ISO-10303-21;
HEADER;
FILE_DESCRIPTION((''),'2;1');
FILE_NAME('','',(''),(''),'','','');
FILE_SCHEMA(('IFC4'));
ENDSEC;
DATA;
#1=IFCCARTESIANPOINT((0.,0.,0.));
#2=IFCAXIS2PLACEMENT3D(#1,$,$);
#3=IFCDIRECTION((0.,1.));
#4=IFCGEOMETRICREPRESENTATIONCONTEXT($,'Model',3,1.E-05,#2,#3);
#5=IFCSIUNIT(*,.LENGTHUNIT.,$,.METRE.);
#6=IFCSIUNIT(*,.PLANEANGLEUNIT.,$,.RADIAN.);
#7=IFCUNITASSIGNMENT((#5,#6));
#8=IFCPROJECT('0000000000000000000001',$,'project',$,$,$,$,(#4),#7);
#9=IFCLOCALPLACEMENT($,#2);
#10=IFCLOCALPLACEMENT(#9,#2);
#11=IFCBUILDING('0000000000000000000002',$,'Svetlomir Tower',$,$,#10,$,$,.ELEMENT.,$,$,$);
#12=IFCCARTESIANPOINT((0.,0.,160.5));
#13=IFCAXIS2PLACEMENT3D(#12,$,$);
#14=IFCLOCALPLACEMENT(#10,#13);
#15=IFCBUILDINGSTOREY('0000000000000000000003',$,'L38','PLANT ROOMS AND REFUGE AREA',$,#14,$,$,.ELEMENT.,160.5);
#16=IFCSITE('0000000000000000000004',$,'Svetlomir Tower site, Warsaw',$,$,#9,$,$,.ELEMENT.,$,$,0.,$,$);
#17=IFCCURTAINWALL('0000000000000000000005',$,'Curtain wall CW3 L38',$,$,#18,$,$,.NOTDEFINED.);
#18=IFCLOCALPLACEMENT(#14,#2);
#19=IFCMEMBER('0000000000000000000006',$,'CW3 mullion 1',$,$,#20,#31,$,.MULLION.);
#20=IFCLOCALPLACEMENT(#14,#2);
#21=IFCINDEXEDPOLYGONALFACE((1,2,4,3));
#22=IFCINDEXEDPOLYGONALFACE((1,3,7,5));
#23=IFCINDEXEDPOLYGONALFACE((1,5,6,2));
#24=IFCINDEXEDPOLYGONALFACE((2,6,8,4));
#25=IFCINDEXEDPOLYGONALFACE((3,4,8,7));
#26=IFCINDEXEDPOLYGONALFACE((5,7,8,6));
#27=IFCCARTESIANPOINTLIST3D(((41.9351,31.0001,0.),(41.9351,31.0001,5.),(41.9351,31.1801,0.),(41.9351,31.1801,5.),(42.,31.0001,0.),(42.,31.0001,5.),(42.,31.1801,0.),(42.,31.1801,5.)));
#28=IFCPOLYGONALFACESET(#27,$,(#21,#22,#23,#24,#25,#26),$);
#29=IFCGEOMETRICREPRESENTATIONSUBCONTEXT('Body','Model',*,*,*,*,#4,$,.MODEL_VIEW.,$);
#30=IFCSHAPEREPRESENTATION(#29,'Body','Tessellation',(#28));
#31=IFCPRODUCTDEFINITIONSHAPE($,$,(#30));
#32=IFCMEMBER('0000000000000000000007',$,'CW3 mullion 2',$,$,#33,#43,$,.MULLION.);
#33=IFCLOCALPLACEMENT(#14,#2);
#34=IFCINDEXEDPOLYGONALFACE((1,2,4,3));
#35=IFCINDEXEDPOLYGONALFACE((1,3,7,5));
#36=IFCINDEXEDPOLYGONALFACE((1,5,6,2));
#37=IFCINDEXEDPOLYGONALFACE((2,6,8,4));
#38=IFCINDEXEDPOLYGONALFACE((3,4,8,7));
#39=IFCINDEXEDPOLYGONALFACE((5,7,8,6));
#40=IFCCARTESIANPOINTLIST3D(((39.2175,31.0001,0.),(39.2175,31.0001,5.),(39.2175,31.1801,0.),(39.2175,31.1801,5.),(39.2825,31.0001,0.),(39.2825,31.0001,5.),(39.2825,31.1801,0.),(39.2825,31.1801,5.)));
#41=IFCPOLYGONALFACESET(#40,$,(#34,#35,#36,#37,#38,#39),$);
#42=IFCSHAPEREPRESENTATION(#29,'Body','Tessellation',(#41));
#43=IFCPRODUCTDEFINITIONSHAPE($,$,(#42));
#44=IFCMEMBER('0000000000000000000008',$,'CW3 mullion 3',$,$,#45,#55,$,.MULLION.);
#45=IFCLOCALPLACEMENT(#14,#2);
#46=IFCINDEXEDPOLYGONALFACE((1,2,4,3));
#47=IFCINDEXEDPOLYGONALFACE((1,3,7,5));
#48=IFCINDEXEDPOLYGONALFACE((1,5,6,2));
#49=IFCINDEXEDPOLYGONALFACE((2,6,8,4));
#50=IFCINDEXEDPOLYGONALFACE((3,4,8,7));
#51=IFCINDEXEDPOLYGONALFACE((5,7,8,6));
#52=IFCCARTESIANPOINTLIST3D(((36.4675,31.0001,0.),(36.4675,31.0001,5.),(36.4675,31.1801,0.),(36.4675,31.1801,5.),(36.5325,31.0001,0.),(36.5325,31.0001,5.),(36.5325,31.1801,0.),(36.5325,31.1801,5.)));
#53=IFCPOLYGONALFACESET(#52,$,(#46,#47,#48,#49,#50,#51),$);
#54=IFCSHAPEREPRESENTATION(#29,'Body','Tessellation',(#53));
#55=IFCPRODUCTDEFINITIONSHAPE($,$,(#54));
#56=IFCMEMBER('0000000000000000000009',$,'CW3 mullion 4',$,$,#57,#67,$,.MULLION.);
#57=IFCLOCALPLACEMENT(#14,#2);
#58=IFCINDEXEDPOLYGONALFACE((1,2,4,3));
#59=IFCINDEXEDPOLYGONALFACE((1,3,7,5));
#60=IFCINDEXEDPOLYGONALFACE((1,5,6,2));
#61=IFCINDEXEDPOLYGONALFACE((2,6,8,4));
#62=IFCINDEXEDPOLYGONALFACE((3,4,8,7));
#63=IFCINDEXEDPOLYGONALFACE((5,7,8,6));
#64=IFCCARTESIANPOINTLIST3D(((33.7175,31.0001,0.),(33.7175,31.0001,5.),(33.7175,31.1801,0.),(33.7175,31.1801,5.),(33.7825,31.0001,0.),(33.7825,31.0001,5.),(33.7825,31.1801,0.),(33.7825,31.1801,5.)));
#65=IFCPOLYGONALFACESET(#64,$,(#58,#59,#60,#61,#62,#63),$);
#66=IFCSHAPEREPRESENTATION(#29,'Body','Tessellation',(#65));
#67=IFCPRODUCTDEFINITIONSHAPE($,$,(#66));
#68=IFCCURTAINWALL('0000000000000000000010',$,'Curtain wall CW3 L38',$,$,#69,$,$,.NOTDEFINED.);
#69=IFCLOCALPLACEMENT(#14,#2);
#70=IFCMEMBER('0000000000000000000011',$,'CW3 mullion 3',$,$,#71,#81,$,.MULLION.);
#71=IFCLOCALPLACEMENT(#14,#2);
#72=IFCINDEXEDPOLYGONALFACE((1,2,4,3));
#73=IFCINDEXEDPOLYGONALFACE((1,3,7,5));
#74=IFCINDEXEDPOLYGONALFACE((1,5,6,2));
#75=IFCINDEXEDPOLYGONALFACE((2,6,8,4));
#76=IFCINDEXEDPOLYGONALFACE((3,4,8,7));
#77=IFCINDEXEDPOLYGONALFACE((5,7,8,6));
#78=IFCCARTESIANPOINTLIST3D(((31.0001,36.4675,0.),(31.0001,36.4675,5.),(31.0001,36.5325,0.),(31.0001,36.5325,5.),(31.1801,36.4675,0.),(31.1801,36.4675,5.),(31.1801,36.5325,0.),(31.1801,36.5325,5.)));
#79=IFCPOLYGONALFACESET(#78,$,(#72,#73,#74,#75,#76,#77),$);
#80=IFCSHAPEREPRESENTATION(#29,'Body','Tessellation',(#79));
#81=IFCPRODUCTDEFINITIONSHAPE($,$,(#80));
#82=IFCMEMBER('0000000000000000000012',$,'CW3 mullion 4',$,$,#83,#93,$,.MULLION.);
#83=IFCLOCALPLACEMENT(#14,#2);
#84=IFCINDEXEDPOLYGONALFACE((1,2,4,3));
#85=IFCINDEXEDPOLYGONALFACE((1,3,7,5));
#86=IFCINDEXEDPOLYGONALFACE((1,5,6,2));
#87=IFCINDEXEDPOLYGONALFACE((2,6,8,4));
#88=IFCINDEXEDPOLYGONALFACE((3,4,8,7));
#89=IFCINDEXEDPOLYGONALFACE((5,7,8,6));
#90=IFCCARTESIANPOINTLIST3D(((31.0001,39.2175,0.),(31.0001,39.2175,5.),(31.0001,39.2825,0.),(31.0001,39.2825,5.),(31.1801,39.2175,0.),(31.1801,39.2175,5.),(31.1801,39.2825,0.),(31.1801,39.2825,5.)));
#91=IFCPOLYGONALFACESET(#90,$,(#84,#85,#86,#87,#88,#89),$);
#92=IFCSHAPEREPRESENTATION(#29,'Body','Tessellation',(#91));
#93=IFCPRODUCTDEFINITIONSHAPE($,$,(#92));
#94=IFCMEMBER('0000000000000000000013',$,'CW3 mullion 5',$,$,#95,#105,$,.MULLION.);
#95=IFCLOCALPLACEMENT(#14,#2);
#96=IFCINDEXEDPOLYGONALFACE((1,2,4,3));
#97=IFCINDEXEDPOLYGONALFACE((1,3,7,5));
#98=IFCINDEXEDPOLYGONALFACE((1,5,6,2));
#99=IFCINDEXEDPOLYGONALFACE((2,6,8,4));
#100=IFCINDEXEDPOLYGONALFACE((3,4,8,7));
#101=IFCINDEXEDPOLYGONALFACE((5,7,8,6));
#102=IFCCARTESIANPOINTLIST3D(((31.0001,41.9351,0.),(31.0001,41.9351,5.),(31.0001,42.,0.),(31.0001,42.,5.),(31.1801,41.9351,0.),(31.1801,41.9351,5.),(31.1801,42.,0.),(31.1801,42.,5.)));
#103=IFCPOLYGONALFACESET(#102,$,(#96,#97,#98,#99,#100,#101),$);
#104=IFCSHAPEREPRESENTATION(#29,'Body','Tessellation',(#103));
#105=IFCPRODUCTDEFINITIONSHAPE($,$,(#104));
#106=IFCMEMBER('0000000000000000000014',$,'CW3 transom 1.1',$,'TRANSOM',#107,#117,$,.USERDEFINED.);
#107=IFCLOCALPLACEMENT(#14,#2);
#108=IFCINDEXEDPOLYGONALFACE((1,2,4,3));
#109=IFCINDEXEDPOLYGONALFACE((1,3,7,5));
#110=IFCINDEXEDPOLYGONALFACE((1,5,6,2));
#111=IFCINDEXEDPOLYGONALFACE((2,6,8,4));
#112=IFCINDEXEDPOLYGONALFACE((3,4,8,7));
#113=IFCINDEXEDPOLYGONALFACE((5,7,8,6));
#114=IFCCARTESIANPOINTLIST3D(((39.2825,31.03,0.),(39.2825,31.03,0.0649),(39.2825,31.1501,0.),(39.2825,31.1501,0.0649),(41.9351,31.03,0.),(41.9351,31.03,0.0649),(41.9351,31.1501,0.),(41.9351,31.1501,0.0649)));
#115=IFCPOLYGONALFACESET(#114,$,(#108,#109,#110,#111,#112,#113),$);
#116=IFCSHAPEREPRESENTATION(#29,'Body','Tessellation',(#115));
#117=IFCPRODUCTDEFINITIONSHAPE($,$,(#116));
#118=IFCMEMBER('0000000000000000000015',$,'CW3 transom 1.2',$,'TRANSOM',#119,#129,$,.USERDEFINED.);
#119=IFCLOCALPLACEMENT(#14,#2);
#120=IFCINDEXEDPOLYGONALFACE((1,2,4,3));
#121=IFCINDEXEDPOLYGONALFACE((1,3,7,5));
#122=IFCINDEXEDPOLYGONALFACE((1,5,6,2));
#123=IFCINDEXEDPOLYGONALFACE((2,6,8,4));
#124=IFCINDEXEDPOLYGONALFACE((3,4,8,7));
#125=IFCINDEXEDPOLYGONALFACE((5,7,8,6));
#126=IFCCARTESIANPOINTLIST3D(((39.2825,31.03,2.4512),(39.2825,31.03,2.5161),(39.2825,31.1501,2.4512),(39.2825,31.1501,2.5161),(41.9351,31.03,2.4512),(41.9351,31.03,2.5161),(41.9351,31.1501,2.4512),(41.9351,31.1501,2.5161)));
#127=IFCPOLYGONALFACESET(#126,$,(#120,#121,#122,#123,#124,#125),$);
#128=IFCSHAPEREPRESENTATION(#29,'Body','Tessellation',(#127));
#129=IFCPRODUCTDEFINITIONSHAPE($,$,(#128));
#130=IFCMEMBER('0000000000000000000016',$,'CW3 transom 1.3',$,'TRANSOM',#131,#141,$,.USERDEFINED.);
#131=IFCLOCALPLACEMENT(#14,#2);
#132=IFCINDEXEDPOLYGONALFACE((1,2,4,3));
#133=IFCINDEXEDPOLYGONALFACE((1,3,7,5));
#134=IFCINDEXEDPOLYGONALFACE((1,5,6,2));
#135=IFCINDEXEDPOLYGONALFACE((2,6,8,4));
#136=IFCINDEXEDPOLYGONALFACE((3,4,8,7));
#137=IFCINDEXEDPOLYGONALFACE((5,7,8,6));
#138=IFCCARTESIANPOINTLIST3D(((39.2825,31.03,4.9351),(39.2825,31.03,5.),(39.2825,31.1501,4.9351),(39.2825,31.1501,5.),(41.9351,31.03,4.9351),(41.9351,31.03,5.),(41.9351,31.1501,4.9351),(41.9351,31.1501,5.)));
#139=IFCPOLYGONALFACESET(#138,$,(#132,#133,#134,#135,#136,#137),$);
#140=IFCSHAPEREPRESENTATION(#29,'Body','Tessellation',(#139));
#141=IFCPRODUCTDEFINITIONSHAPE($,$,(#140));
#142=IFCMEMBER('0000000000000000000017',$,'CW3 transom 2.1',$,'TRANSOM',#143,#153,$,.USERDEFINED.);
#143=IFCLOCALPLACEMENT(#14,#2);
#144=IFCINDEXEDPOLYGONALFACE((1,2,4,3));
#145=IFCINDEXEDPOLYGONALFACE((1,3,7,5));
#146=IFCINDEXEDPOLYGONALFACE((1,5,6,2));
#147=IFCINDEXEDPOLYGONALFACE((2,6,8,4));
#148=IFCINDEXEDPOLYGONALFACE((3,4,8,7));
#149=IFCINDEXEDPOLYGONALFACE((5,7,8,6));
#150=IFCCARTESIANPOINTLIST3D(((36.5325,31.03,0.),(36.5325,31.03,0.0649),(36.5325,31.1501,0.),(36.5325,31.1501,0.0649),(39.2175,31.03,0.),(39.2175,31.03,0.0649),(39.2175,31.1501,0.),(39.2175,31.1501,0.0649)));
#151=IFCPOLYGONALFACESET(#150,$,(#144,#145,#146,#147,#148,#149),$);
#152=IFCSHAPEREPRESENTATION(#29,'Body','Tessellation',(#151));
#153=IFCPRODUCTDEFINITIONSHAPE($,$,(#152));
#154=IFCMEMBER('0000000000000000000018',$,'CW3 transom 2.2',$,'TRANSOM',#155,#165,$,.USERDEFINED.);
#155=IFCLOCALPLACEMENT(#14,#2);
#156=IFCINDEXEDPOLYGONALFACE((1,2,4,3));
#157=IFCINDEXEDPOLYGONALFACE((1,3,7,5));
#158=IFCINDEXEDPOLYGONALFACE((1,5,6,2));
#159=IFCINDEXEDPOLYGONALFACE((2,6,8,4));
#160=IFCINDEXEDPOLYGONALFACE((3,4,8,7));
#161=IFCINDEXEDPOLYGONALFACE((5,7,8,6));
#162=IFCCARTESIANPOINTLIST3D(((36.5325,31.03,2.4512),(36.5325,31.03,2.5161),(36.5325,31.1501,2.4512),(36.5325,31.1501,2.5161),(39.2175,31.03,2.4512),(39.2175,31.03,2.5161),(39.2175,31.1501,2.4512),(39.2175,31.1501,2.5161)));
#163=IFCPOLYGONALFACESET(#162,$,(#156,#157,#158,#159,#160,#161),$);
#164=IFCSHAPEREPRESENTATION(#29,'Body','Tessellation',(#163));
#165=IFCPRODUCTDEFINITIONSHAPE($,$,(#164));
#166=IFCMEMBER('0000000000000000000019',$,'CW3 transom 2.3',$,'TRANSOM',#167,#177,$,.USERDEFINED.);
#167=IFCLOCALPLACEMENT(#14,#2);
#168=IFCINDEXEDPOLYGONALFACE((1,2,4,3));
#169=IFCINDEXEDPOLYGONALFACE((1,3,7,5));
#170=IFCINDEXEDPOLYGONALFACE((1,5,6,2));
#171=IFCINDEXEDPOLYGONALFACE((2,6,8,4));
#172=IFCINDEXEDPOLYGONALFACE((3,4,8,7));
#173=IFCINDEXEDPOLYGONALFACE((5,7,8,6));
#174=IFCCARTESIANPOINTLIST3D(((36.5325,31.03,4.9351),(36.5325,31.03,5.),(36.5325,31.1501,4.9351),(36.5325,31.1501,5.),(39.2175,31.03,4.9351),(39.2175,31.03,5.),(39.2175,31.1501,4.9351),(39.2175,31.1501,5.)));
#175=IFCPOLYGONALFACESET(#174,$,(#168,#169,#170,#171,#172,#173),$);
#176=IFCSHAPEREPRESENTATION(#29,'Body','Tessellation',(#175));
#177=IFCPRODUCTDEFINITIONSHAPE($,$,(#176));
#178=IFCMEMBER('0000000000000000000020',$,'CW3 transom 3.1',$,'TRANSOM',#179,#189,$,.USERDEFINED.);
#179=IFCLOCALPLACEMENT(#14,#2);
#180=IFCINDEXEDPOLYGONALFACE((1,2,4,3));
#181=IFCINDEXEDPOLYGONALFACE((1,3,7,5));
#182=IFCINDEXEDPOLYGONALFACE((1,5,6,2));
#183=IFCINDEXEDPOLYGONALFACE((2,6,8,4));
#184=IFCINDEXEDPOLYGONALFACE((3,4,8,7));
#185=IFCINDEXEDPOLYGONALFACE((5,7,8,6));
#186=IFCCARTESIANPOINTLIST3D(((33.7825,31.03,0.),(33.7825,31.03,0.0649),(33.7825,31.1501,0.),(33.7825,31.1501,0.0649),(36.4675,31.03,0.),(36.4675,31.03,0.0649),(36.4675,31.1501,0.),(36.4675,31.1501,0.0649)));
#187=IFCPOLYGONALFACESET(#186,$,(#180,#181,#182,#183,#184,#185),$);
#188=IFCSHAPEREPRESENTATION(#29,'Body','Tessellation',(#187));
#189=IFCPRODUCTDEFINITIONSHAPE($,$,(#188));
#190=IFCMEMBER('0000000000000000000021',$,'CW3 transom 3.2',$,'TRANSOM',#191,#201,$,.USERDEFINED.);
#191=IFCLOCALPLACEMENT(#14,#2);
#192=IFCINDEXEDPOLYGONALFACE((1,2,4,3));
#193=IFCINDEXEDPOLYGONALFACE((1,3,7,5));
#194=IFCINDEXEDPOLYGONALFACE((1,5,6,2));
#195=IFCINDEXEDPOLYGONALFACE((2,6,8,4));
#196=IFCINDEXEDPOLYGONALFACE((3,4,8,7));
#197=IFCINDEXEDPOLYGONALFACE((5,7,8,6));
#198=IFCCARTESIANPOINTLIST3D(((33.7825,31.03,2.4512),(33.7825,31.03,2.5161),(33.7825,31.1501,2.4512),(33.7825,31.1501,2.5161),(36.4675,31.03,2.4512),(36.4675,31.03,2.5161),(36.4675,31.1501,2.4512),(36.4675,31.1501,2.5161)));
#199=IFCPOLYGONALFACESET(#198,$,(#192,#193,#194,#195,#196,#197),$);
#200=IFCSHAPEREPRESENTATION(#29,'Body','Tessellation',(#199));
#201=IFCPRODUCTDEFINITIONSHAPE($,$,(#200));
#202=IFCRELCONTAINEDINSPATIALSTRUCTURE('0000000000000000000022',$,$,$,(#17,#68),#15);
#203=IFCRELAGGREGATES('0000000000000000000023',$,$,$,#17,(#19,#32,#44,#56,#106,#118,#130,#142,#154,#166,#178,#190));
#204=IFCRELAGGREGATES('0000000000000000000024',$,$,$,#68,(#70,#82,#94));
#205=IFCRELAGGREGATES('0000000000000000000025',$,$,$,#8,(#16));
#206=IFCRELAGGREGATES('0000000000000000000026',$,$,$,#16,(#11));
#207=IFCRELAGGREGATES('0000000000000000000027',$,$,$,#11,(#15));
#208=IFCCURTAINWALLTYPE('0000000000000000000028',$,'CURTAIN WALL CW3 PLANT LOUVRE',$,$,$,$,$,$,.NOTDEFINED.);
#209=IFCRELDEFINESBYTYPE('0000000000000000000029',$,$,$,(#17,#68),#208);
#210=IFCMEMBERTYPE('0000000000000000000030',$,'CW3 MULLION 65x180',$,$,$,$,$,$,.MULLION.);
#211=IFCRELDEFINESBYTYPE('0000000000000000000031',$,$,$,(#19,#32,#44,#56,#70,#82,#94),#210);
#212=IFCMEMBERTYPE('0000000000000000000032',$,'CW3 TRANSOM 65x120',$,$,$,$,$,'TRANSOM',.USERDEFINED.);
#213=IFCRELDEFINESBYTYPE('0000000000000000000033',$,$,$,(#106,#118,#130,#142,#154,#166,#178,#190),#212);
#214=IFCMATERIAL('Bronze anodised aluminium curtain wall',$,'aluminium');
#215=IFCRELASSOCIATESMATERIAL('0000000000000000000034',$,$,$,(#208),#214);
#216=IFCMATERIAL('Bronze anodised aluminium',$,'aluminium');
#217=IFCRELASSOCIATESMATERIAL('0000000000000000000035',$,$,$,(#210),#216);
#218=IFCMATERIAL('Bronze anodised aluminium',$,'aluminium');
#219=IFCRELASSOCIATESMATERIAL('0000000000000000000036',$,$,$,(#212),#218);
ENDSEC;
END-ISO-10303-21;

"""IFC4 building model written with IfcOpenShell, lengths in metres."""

from ifc_helpers import new_model, si_unit, direction, frame, origin, origin_2d, place, context, subcontext, project, spatial, rectangle, extrude, material, material_profile, profile_set, type_object, element, aggregate, save


model = new_model("IFC4")

# Units and contexts
model_context = context("Model", 3, precision=1e-05, world=origin(), true_north=direction((0.0, 1.0)))
body_context = subcontext(model_context, "Body", "Model", "MODEL_VIEW")
ifc_project = project(units=[si_unit("LENGTHUNIT", "METRE"), si_unit("PLANEANGLEUNIT", "RADIAN")], contexts=[model_context])

# Site, building, storey
site_placement = place(None, origin())
site = spatial("IfcSite", under=ifc_project, at=site_placement, Name="Svetlomir Tower site, Warsaw", CompositionType="ELEMENT", RefElevation=0.0)
building_placement = place(site_placement, origin())
building = spatial("IfcBuilding", under=site, at=building_placement, Name="Svetlomir Tower", CompositionType="ELEMENT")
storey_placement = place(building_placement, frame((0.0, 0.0, 160.5)))
storey = spatial("IfcBuildingStorey", under=building, at=storey_placement, Name="L38", Description="PLANT ROOMS AND REFUGE AREA", CompositionType="ELEMENT", Elevation=160.5)

# Curtain walls, members
ifc_material_1 = material(Name="Bronze anodised aluminium curtain wall", Category="aluminium")
curtain_wall_type = type_object("IfcCurtainWallType", Name="CURTAIN WALL CW3 PLANT LOUVRE", PredefinedType="NOTDEFINED", material=ifc_material_1)
curtain_wall_1_placement = place(storey_placement, origin())
curtain_wall_1 = element("IfcCurtainWall", 1, at=curtain_wall_1_placement, inside=storey, type_object=curtain_wall_type, Name="Curtain wall CW3 L38", PredefinedType="NOTDEFINED")
ifc_material_2 = material(Name="Bronze anodised aluminium", Category="aluminium")
ifc_material_profile_1 = material_profile(ifc_material_2, rectangle(XDim=0.0649, YDim=0.1799, at=origin_2d()), Name="AL 65x180")
ifc_profile_set_1 = profile_set([ifc_material_profile_1], Name="Bronze anodised aluminium 6063-T6")
member_type_1 = type_object("IfcMemberType", Name="CW3 MULLION 65x180", PredefinedType="MULLION", material=ifc_profile_set_1)
member_1_placement = place(storey_placement, frame((41.9675, 31.0901, 0.0), z_axis=(0.0, 0.0, 1.0), x_axis=(-1.0, 0.0, 0.0)))
member_1 = element("IfcMember", 2, at=member_1_placement, type_object=member_type_1, Name="CW3 mullion 1", PredefinedType="MULLION", context=body_context, shape_type="SweptSolid", body=[
    extrude(rectangle(XDim=0.0649, YDim=0.1799, at=origin_2d()), origin(), (0.0, 0.0, 1.0), 5.0),
])
member_2_placement = place(storey_placement, frame((39.25, 31.0901, 0.0), z_axis=(0.0, 0.0, 1.0), x_axis=(-1.0, 0.0, 0.0)))
member_2 = element("IfcMember", 3, at=member_2_placement, type_object=member_type_1, Name="CW3 mullion 2", PredefinedType="MULLION", context=body_context, shape_type="SweptSolid", body=[
    extrude(rectangle(XDim=0.0649, YDim=0.1799, at=origin_2d()), origin(), (0.0, 0.0, 1.0), 5.0),
])
member_3_placement = place(storey_placement, frame((36.5, 31.0901, 0.0), z_axis=(0.0, 0.0, 1.0), x_axis=(-1.0, 0.0, 0.0)))
member_3 = element("IfcMember", 4, at=member_3_placement, type_object=member_type_1, Name="CW3 mullion 3", PredefinedType="MULLION", context=body_context, shape_type="SweptSolid", body=[
    extrude(rectangle(XDim=0.0649, YDim=0.1799, at=origin_2d()), origin(), (0.0, 0.0, 1.0), 5.0),
])
member_4_placement = place(storey_placement, frame((33.75, 31.0901, 0.0), z_axis=(0.0, 0.0, 1.0), x_axis=(-1.0, 0.0, 0.0)))
member_4 = element("IfcMember", 5, at=member_4_placement, type_object=member_type_1, Name="CW3 mullion 4", PredefinedType="MULLION", context=body_context, shape_type="SweptSolid", body=[
    extrude(rectangle(XDim=0.0649, YDim=0.1799, at=origin_2d()), origin(), (0.0, 0.0, 1.0), 5.0),
])
curtain_wall_2_placement = place(storey_placement, origin())
curtain_wall_2 = element("IfcCurtainWall", 6, at=curtain_wall_2_placement, inside=storey, type_object=curtain_wall_type, Name="Curtain wall CW3 L38", PredefinedType="NOTDEFINED")
member_5_placement = place(storey_placement, frame((31.0901, 36.5, 0.0), z_axis=(0.0, 0.0, 1.0), x_axis=(0.0, 1.0, 0.0)))
member_5 = element("IfcMember", 7, at=member_5_placement, type_object=member_type_1, Name="CW3 mullion 3", PredefinedType="MULLION", context=body_context, shape_type="SweptSolid", body=[
    extrude(rectangle(XDim=0.0649, YDim=0.1799, at=origin_2d()), origin(), (0.0, 0.0, 1.0), 5.0),
])
member_6_placement = place(storey_placement, frame((31.0901, 39.25, 0.0), z_axis=(0.0, 0.0, 1.0), x_axis=(0.0, 1.0, 0.0)))
member_6 = element("IfcMember", 8, at=member_6_placement, type_object=member_type_1, Name="CW3 mullion 4", PredefinedType="MULLION", context=body_context, shape_type="SweptSolid", body=[
    extrude(rectangle(XDim=0.0649, YDim=0.1799, at=origin_2d()), origin(), (0.0, 0.0, 1.0), 5.0),
])
member_7_placement = place(storey_placement, frame((31.0901, 41.9675, 0.0), z_axis=(0.0, 0.0, 1.0), x_axis=(0.0, 1.0, 0.0)))
member_7 = element("IfcMember", 9, at=member_7_placement, type_object=member_type_1, Name="CW3 mullion 5", PredefinedType="MULLION", context=body_context, shape_type="SweptSolid", body=[
    extrude(rectangle(XDim=0.0649, YDim=0.1799, at=origin_2d()), origin(), (0.0, 0.0, 1.0), 5.0),
])

# Members
ifc_material_3 = material(Name="Bronze anodised aluminium", Category="aluminium")
ifc_material_profile_2 = material_profile(ifc_material_3, rectangle(XDim=0.1201, YDim=0.0649, at=origin_2d()), Name="AL 120x65")
ifc_profile_set_2 = profile_set([ifc_material_profile_2], Name="Bronze anodised aluminium 6063-T6")
member_type_2 = type_object("IfcMemberType", Name="CW3 TRANSOM 65x120", ElementType="TRANSOM", PredefinedType="USERDEFINED", material=ifc_profile_set_2)
member_8_placement = place(storey_placement, frame((41.9351, 31.0901, 0.0325), z_axis=(-1.0, 0.0, 0.0), x_axis=(0.0, -1.0, 0.0)))
member_8 = element("IfcMember", 10, at=member_8_placement, type_object=member_type_2, Name="CW3 transom 1.1", ObjectType="TRANSOM", PredefinedType="USERDEFINED", context=body_context, shape_type="SweptSolid", body=[
    extrude(rectangle(XDim=0.1201, YDim=0.0649, at=origin_2d()), origin(), (0.0, 0.0, 1.0), 2.6526),
])
member_9_placement = place(storey_placement, frame((41.9351, 31.0901, 2.4836), z_axis=(-1.0, 0.0, 0.0), x_axis=(0.0, -1.0, 0.0)))
member_9 = element("IfcMember", 11, at=member_9_placement, type_object=member_type_2, Name="CW3 transom 1.2", ObjectType="TRANSOM", PredefinedType="USERDEFINED", context=body_context, shape_type="SweptSolid", body=[
    extrude(rectangle(XDim=0.1201, YDim=0.0649, at=origin_2d()), origin(), (0.0, 0.0, 1.0), 2.6526),
])
member_10_placement = place(storey_placement, frame((41.9351, 31.0901, 4.9675), z_axis=(-1.0, 0.0, 0.0), x_axis=(0.0, -1.0, 0.0)))
member_10 = element("IfcMember", 12, at=member_10_placement, type_object=member_type_2, Name="CW3 transom 1.3", ObjectType="TRANSOM", PredefinedType="USERDEFINED", context=body_context, shape_type="SweptSolid", body=[
    extrude(rectangle(XDim=0.1201, YDim=0.0649, at=origin_2d()), origin(), (0.0, 0.0, 1.0), 2.6526),
])
member_11_placement = place(storey_placement, frame((39.2175, 31.0901, 0.0325), z_axis=(-1.0, 0.0, 0.0), x_axis=(0.0, -1.0, 0.0)))
member_11 = element("IfcMember", 13, at=member_11_placement, type_object=member_type_2, Name="CW3 transom 2.1", ObjectType="TRANSOM", PredefinedType="USERDEFINED", context=body_context, shape_type="SweptSolid", body=[
    extrude(rectangle(XDim=0.1201, YDim=0.0649, at=origin_2d()), origin(), (0.0, 0.0, 1.0), 2.6851),
])
member_12_placement = place(storey_placement, frame((39.2175, 31.0901, 2.4836), z_axis=(-1.0, 0.0, 0.0), x_axis=(0.0, -1.0, 0.0)))
member_12 = element("IfcMember", 14, at=member_12_placement, type_object=member_type_2, Name="CW3 transom 2.2", ObjectType="TRANSOM", PredefinedType="USERDEFINED", context=body_context, shape_type="SweptSolid", body=[
    extrude(rectangle(XDim=0.1201, YDim=0.0649, at=origin_2d()), origin(), (0.0, 0.0, 1.0), 2.6851),
])
member_13_placement = place(storey_placement, frame((39.2175, 31.0901, 4.9675), z_axis=(-1.0, 0.0, 0.0), x_axis=(0.0, -1.0, 0.0)))
member_13 = element("IfcMember", 15, at=member_13_placement, type_object=member_type_2, Name="CW3 transom 2.3", ObjectType="TRANSOM", PredefinedType="USERDEFINED", context=body_context, shape_type="SweptSolid", body=[
    extrude(rectangle(XDim=0.1201, YDim=0.0649, at=origin_2d()), origin(), (0.0, 0.0, 1.0), 2.6851),
])
member_14_placement = place(storey_placement, frame((36.4675, 31.0901, 0.0325), z_axis=(-1.0, 0.0, 0.0), x_axis=(0.0, -1.0, 0.0)))
member_14 = element("IfcMember", 16, at=member_14_placement, type_object=member_type_2, Name="CW3 transom 3.1", ObjectType="TRANSOM", PredefinedType="USERDEFINED", context=body_context, shape_type="SweptSolid", body=[
    extrude(rectangle(XDim=0.1201, YDim=0.0649, at=origin_2d()), origin(), (0.0, 0.0, 1.0), 2.6851),
])
member_15_placement = place(storey_placement, frame((36.4675, 31.0901, 2.4836), z_axis=(-1.0, 0.0, 0.0), x_axis=(0.0, -1.0, 0.0)))
member_15 = element("IfcMember", 17, at=member_15_placement, type_object=member_type_2, Name="CW3 transom 3.2", ObjectType="TRANSOM", PredefinedType="USERDEFINED", context=body_context, shape_type="SweptSolid", body=[
    extrude(rectangle(XDim=0.1201, YDim=0.0649, at=origin_2d()), origin(), (0.0, 0.0, 1.0), 2.6851),
])

aggregate(curtain_wall_1, [member_1, member_2, member_3, member_4, member_8, member_9, member_10, member_11, member_12, member_13, member_14, member_15])
aggregate(curtain_wall_2, [member_5, member_6, member_7])

save(model, "model.ifc")
